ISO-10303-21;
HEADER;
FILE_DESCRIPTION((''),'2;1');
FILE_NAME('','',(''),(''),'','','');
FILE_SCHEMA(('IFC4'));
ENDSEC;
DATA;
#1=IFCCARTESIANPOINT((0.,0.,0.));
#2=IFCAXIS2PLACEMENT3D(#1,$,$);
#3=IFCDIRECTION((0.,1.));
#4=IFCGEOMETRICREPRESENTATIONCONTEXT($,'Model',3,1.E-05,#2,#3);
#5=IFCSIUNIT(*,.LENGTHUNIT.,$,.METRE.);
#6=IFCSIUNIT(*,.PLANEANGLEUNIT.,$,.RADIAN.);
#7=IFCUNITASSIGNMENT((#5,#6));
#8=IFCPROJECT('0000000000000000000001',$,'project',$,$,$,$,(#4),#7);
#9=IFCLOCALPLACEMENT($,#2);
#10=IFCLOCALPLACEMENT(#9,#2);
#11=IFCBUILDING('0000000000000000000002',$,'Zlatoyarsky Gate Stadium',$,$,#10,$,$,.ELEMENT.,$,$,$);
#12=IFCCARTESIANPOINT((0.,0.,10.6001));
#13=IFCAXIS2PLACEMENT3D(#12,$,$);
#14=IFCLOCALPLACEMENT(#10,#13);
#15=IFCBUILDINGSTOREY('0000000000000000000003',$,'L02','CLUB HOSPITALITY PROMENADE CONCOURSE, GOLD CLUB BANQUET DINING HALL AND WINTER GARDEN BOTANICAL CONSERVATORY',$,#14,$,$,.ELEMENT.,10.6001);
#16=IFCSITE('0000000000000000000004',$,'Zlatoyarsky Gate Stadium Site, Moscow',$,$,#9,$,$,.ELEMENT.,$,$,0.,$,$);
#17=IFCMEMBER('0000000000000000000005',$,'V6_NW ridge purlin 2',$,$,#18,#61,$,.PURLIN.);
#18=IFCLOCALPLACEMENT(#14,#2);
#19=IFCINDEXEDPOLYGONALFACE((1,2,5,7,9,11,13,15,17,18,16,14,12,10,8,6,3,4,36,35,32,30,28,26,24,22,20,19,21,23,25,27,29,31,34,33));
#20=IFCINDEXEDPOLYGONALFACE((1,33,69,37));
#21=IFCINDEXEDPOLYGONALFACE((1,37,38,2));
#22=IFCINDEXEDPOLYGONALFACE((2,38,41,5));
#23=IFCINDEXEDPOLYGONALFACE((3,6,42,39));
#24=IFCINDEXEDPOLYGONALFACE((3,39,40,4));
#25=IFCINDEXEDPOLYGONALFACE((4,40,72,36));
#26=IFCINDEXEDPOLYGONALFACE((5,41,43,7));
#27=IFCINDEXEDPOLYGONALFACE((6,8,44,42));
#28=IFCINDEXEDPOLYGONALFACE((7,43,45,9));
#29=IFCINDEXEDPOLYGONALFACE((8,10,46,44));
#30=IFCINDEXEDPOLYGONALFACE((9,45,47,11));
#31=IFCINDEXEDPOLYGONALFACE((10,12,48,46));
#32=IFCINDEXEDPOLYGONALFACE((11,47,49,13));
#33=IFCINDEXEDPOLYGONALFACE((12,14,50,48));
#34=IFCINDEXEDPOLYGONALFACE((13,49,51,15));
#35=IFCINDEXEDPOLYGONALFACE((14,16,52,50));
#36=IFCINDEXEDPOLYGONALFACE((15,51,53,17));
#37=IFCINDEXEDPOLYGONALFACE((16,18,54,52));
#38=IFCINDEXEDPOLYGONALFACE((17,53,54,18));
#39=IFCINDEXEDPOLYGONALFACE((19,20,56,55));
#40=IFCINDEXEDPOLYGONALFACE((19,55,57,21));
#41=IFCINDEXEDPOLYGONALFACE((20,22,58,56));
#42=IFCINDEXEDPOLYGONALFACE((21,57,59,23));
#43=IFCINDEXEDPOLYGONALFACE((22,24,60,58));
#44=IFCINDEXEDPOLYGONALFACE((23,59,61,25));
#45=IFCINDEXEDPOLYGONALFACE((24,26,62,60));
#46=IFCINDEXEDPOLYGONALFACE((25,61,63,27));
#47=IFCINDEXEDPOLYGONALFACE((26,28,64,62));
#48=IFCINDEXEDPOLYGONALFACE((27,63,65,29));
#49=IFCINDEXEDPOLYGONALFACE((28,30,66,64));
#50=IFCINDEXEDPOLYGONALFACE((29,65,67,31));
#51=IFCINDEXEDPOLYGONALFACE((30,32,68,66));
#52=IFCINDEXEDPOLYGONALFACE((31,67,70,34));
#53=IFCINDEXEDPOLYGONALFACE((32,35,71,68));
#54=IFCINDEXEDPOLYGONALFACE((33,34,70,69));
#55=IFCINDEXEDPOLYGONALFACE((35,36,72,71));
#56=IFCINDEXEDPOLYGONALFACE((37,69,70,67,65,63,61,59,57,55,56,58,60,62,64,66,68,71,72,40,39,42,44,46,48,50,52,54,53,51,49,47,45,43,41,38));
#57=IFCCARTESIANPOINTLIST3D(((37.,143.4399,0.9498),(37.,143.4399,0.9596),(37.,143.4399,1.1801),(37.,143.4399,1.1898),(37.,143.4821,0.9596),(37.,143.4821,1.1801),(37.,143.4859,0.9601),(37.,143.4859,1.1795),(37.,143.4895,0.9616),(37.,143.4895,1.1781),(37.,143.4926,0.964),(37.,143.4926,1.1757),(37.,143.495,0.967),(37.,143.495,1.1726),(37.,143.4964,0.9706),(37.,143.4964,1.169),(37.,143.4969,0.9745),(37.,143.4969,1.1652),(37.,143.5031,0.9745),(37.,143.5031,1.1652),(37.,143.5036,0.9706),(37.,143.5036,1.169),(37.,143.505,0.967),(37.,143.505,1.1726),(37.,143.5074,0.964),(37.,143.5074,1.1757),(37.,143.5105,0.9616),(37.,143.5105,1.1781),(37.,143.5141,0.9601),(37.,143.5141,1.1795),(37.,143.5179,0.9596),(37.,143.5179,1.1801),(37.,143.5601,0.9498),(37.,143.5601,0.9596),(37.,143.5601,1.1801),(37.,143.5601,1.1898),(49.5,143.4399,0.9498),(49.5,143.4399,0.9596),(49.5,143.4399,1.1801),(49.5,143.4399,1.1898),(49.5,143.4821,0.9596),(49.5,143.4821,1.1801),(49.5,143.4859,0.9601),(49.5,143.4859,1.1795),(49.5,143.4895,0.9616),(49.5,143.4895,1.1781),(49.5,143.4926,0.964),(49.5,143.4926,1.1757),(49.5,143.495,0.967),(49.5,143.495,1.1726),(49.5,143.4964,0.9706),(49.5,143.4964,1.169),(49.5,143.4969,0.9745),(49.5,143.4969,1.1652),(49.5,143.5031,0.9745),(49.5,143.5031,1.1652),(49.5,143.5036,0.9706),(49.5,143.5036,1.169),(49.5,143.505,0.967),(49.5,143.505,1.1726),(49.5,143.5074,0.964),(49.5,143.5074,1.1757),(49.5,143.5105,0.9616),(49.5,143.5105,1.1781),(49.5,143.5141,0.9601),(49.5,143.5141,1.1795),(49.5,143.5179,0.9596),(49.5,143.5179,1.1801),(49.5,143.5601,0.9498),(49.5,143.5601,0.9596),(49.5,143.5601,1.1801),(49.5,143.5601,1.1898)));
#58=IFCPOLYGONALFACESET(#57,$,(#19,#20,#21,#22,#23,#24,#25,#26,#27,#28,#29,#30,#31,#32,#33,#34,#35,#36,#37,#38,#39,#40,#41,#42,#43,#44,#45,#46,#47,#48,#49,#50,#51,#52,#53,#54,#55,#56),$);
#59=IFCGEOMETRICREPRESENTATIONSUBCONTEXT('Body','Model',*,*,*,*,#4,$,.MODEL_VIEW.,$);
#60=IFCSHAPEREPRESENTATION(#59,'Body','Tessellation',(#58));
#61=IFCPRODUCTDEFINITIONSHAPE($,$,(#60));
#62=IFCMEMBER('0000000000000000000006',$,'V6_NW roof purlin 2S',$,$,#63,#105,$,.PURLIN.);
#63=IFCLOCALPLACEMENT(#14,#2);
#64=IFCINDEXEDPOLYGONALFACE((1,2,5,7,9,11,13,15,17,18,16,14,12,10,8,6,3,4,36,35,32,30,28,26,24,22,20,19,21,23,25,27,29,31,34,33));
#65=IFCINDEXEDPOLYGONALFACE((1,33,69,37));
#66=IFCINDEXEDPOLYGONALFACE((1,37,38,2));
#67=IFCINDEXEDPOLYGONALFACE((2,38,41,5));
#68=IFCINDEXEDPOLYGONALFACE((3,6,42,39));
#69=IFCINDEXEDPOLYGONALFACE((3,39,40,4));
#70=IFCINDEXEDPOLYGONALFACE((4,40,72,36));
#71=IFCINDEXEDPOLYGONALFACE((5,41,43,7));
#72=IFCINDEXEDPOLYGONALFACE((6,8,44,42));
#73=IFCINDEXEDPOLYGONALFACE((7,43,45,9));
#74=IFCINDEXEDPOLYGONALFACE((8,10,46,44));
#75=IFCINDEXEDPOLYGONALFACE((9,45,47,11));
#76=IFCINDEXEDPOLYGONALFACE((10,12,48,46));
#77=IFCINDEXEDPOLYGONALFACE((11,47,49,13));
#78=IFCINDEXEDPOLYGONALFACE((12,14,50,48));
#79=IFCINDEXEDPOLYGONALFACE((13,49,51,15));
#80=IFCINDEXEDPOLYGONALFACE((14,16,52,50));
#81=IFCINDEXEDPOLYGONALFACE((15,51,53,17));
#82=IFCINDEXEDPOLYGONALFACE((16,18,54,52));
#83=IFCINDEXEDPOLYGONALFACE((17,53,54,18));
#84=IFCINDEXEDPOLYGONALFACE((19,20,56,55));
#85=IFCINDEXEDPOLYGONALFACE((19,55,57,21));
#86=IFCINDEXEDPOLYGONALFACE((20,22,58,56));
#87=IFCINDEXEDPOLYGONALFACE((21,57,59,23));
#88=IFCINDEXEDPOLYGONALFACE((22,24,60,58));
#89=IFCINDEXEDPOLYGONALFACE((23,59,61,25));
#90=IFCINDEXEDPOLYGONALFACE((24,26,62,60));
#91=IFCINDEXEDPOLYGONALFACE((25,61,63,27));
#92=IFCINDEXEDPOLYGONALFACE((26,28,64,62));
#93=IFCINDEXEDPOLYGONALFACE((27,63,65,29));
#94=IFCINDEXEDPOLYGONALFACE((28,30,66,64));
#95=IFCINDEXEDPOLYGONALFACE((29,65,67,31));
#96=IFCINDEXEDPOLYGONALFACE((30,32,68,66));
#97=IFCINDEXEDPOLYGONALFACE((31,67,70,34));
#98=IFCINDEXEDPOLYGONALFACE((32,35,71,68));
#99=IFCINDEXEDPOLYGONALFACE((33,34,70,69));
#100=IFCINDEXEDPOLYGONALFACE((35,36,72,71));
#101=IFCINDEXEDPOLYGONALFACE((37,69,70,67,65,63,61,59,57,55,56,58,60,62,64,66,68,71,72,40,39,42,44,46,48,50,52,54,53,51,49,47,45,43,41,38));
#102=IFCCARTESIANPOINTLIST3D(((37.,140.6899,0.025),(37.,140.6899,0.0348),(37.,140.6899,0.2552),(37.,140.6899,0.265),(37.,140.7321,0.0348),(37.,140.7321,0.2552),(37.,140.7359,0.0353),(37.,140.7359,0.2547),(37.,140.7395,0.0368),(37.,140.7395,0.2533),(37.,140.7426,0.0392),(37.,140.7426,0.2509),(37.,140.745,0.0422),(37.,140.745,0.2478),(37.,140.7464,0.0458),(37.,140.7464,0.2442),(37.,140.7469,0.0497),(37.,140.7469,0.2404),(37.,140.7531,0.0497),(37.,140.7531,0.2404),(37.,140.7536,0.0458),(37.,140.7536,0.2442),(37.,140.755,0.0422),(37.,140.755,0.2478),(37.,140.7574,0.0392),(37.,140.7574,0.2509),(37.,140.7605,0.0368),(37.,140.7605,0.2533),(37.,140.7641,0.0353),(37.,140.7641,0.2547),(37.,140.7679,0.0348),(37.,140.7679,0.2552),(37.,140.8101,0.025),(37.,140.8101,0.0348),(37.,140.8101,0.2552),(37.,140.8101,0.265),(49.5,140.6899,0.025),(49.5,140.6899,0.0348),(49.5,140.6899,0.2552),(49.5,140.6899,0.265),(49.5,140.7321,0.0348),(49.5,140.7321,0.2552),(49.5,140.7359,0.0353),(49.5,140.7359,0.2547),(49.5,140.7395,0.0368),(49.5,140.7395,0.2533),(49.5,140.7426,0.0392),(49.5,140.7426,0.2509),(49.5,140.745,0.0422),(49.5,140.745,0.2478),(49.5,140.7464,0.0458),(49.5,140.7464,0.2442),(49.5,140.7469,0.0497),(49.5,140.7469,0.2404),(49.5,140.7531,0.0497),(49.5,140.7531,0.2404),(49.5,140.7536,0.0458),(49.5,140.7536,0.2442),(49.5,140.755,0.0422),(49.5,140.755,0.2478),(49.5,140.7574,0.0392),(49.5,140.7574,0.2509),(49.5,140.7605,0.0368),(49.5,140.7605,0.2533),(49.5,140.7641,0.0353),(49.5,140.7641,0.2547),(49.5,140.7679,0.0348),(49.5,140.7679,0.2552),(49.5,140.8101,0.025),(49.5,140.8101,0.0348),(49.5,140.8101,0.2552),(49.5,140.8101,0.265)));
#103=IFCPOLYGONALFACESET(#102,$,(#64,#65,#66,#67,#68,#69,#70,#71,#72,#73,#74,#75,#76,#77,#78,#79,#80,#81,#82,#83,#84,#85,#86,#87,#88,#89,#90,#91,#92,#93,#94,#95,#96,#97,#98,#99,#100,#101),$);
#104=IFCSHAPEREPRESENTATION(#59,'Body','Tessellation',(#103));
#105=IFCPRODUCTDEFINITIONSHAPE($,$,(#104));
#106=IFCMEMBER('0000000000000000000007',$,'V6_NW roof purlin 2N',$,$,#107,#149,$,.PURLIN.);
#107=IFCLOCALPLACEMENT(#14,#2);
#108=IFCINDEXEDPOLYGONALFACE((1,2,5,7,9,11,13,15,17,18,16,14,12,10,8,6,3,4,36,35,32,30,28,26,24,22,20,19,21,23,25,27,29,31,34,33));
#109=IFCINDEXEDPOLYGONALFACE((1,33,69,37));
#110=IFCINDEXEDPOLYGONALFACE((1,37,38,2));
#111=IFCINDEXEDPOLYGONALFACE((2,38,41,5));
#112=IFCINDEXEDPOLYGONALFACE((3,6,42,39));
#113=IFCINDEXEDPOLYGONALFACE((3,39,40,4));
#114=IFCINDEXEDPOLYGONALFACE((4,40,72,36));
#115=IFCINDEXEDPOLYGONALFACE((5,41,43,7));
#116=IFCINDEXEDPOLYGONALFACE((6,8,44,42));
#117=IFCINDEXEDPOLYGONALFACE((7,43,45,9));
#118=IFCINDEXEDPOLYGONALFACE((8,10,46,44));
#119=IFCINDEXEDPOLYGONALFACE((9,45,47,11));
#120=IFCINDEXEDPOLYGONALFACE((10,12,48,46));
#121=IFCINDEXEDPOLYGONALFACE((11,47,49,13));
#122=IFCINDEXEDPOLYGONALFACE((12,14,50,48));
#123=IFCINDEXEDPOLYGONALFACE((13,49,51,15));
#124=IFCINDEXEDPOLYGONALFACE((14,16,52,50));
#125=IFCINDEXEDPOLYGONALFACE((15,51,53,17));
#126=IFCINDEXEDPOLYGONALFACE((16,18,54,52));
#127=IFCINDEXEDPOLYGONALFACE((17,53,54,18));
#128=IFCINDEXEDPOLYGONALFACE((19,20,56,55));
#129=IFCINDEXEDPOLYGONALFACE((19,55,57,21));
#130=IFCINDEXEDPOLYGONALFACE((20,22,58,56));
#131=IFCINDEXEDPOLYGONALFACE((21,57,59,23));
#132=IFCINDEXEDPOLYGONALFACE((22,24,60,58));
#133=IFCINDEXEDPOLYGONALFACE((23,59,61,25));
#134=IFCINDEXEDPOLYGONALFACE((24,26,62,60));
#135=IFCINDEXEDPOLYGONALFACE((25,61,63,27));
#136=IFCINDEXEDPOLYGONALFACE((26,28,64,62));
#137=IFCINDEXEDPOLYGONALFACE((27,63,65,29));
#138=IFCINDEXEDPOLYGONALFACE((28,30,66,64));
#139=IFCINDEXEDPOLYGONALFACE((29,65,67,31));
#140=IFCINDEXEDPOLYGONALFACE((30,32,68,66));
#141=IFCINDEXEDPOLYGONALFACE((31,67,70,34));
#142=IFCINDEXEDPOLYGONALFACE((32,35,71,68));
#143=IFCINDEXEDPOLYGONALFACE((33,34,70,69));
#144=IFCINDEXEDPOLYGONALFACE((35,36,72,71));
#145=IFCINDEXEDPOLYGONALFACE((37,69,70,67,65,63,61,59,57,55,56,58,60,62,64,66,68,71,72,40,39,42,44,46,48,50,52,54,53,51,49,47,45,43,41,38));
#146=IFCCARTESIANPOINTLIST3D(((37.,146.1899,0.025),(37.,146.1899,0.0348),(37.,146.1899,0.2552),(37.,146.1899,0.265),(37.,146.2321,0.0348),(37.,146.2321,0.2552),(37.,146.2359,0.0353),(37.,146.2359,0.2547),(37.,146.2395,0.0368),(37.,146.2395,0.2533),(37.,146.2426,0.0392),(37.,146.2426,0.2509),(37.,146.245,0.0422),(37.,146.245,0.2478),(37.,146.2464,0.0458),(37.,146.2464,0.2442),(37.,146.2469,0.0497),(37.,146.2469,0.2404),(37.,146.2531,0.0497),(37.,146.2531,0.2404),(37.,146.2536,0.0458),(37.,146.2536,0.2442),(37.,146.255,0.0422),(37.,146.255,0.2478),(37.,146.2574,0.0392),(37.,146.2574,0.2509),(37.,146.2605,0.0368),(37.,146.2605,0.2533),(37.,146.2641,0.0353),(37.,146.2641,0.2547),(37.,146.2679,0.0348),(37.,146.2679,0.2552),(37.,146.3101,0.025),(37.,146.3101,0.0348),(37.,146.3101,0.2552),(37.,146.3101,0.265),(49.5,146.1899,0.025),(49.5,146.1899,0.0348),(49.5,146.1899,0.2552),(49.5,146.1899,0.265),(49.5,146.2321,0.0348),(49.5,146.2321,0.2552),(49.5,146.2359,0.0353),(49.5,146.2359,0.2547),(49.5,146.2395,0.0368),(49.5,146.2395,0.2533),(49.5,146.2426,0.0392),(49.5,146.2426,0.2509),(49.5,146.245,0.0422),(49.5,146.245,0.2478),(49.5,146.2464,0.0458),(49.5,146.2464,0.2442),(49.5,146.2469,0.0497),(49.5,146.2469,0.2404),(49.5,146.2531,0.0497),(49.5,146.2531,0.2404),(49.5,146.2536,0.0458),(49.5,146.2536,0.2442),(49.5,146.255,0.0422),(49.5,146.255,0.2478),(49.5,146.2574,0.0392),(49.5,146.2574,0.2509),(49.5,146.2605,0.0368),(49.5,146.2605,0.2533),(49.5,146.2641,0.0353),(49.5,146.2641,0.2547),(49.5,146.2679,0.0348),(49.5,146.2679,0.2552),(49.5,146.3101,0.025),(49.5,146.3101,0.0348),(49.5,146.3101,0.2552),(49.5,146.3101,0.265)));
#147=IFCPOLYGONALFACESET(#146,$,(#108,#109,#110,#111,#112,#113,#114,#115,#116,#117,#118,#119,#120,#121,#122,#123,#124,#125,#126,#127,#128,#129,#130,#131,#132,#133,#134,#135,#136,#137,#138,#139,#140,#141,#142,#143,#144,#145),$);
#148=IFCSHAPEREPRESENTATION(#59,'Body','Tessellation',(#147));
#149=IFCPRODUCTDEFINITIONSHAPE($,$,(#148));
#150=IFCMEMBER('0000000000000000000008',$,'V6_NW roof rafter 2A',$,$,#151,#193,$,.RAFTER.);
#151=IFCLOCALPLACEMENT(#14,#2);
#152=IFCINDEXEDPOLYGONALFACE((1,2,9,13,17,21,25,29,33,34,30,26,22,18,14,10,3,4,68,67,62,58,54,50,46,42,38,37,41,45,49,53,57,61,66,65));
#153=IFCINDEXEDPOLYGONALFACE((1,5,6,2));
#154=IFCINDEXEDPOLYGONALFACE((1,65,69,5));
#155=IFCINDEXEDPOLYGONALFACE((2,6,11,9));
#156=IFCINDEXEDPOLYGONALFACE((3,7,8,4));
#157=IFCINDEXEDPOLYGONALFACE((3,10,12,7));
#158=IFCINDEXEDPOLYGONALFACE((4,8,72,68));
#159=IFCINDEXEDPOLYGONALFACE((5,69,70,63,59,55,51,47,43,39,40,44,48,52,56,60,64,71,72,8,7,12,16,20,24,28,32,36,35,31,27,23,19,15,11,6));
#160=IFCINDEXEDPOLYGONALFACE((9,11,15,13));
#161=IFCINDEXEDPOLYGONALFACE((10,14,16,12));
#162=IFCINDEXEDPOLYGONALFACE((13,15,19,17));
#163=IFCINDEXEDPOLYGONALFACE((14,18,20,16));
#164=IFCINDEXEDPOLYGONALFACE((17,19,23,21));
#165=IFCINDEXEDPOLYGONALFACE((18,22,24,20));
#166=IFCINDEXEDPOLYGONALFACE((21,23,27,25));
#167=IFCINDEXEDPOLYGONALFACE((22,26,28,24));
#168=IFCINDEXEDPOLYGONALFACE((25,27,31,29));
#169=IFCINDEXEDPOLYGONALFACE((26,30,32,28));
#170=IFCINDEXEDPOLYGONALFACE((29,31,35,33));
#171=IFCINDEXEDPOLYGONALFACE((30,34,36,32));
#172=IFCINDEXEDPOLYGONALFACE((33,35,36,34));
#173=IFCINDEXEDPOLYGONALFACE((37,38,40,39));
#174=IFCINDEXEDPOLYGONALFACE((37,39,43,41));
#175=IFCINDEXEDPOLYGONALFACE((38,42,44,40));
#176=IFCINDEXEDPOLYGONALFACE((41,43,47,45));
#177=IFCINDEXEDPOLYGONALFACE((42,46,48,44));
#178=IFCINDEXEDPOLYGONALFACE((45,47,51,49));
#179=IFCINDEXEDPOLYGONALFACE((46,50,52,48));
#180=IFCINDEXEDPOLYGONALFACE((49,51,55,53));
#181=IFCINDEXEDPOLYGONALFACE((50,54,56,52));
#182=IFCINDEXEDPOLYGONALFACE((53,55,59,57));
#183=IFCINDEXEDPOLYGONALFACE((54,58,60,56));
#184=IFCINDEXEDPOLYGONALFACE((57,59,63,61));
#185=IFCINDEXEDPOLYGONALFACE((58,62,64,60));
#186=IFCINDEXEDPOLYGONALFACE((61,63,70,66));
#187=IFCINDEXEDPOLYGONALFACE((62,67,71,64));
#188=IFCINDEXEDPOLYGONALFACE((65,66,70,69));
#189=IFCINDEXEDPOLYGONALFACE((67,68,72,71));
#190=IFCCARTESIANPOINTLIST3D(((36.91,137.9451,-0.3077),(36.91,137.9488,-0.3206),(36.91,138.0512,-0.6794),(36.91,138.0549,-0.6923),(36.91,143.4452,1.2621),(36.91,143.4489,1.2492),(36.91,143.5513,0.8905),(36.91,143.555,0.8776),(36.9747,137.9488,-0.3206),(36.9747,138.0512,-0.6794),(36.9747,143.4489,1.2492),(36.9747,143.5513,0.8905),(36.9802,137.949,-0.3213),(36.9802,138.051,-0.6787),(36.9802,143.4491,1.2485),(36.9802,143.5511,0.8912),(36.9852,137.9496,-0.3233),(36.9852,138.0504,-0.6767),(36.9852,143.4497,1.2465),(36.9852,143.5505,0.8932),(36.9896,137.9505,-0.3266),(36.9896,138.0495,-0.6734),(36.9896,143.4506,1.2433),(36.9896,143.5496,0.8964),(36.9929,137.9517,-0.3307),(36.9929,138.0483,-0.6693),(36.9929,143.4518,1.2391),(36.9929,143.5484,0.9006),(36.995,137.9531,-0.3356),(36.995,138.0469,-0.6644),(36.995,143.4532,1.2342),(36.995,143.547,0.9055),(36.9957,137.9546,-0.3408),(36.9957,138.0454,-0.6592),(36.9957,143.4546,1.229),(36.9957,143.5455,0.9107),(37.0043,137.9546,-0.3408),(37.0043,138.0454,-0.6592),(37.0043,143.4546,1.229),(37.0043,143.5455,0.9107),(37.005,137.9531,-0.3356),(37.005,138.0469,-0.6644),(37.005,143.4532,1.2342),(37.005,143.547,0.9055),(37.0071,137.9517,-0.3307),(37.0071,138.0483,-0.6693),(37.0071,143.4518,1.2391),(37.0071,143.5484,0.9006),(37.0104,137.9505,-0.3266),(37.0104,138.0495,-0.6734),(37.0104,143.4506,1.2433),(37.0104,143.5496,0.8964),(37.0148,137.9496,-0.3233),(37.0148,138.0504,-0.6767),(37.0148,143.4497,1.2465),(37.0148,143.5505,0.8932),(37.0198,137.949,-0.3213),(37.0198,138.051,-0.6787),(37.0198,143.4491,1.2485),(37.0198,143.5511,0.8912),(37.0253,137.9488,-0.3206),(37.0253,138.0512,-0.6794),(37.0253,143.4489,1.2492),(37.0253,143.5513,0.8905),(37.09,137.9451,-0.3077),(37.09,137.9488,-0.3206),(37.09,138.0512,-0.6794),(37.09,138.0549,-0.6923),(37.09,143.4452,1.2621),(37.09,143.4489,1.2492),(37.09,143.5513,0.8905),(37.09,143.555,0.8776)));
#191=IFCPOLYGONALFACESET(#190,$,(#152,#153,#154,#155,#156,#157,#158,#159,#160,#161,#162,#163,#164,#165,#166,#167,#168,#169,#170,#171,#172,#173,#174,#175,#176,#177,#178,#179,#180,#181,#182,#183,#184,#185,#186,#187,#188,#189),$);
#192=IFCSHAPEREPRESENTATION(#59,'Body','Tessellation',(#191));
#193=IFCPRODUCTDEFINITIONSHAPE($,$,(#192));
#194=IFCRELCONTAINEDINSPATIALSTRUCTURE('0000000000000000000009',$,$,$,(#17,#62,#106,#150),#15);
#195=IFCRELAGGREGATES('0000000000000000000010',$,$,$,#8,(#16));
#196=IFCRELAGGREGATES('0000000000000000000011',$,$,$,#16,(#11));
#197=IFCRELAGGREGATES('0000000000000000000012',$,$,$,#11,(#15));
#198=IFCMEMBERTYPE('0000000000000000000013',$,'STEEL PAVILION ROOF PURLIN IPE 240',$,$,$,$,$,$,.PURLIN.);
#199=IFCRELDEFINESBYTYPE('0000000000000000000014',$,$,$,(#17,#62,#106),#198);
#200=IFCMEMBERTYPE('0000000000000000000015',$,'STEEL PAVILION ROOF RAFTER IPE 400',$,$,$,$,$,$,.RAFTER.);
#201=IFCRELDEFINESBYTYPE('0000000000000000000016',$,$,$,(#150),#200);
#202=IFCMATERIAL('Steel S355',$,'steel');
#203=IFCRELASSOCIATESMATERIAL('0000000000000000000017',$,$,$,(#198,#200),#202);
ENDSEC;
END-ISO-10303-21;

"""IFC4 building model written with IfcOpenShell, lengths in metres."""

from ifc_helpers import new_model, si_unit, direction, frame, origin, origin_2d, place, context, subcontext, project, spatial, i_section, extrude, material, material_profile, profile_set, type_object, element, save


model = new_model("IFC4")

# Units and contexts
model_context = context("Model", 3, precision=1e-05, world=origin(), true_north=direction((0.0, 1.0)))
body_context = subcontext(model_context, "Body", "Model", "MODEL_VIEW")
ifc_project = project(units=[si_unit("LENGTHUNIT", "METRE"), si_unit("PLANEANGLEUNIT", "RADIAN")], contexts=[model_context])

# Site, building, storey
site_placement = place(None, origin())
site = spatial("IfcSite", under=ifc_project, at=site_placement, Name="Zlatoyarsky Gate Stadium Site, Moscow", CompositionType="ELEMENT", RefElevation=0.0)
building_placement = place(site_placement, origin())
building = spatial("IfcBuilding", under=site, at=building_placement, Name="Zlatoyarsky Gate Stadium", CompositionType="ELEMENT")
storey_placement = place(building_placement, frame((0.0, 0.0, 10.6001)))
storey = spatial("IfcBuildingStorey", under=building, at=storey_placement, Name="L02", Description="CLUB HOSPITALITY PROMENADE CONCOURSE, GOLD CLUB BANQUET DINING HALL AND WINTER GARDEN BOTANICAL CONSERVATORY", CompositionType="ELEMENT", Elevation=10.6001)

# Shared definitions
ifc_material_1 = material(Name="Steel S355", Category="steel")

# Members
ifc_material_profile_1 = material_profile(ifc_material_1, i_section(OverallWidth=0.1201, OverallDepth=0.24, WebThickness=0.0061, FlangeThickness=0.0098, FilletRadius=0.0149, at=origin_2d()), Name="IPE 240")
ifc_profile_set_1 = profile_set([ifc_material_profile_1], Name="Steel S355")
member_type_1 = type_object("IfcMemberType", Name="STEEL PAVILION ROOF PURLIN IPE 240", PredefinedType="PURLIN", material=ifc_profile_set_1)
for number, where, z_axis, x_axis, name in (
    (1, (37.0, 143.5, 1.0698), (1.0, 0.0, 0.0), (0.0, 1.0, 0.0), "V6_NW ridge purlin 2"),
    (2, (37.0, 140.75, 0.145), (1.0, 0.0, 0.0), (0.0, 1.0, 0.0), "V6_NW roof purlin 2S"),
    (3, (37.0, 146.25, 0.145), (1.0, 0.0, 0.0), (0.0, 1.0, 0.0), "V6_NW roof purlin 2N"),
):
    element("IfcMember", number, at=place(storey_placement, frame(where, z_axis=z_axis, x_axis=x_axis)), inside=storey, type_object=member_type_1, Name=name, PredefinedType="PURLIN", context=body_context, shape_type="SweptSolid", body=[
        extrude(i_section(OverallWidth=0.1201, OverallDepth=0.24, WebThickness=0.0061, FlangeThickness=0.0098, FilletRadius=0.0149, at=origin_2d()), origin(), (0.0, 0.0, 1.0), 12.5),
    ])
ifc_material_profile_2 = material_profile(ifc_material_1, i_section(OverallWidth=0.1799, OverallDepth=0.3999, WebThickness=0.0085, FlangeThickness=0.0134, FilletRadius=0.021, at=origin_2d()), Name="IPE 400")
ifc_profile_set_2 = profile_set([ifc_material_profile_2], Name="Steel S355")
member_type_2 = type_object("IfcMemberType", Name="STEEL PAVILION ROOF RAFTER IPE 400", PredefinedType="RAFTER", material=ifc_profile_set_2)
for number, where, z_axis, x_axis, name in (
    (4, (37.0, 138.0, -0.5), (0.0, 0.961598, 0.274462), (-1.0, 0.0, 0.0), "V6_NW roof rafter 2A"),
):
    element("IfcMember", number, at=place(storey_placement, frame(where, z_axis=z_axis, x_axis=x_axis)), inside=storey, type_object=member_type_2, Name=name, PredefinedType="RAFTER", context=body_context, shape_type="SweptSolid", body=[
        extrude(i_section(OverallWidth=0.1799, OverallDepth=0.3999, WebThickness=0.0085, FlangeThickness=0.0134, FilletRadius=0.021, at=origin_2d()), origin(), (0.0, 0.0, 1.0), 5.7197),
    ])

save(model, "model.ifc")
